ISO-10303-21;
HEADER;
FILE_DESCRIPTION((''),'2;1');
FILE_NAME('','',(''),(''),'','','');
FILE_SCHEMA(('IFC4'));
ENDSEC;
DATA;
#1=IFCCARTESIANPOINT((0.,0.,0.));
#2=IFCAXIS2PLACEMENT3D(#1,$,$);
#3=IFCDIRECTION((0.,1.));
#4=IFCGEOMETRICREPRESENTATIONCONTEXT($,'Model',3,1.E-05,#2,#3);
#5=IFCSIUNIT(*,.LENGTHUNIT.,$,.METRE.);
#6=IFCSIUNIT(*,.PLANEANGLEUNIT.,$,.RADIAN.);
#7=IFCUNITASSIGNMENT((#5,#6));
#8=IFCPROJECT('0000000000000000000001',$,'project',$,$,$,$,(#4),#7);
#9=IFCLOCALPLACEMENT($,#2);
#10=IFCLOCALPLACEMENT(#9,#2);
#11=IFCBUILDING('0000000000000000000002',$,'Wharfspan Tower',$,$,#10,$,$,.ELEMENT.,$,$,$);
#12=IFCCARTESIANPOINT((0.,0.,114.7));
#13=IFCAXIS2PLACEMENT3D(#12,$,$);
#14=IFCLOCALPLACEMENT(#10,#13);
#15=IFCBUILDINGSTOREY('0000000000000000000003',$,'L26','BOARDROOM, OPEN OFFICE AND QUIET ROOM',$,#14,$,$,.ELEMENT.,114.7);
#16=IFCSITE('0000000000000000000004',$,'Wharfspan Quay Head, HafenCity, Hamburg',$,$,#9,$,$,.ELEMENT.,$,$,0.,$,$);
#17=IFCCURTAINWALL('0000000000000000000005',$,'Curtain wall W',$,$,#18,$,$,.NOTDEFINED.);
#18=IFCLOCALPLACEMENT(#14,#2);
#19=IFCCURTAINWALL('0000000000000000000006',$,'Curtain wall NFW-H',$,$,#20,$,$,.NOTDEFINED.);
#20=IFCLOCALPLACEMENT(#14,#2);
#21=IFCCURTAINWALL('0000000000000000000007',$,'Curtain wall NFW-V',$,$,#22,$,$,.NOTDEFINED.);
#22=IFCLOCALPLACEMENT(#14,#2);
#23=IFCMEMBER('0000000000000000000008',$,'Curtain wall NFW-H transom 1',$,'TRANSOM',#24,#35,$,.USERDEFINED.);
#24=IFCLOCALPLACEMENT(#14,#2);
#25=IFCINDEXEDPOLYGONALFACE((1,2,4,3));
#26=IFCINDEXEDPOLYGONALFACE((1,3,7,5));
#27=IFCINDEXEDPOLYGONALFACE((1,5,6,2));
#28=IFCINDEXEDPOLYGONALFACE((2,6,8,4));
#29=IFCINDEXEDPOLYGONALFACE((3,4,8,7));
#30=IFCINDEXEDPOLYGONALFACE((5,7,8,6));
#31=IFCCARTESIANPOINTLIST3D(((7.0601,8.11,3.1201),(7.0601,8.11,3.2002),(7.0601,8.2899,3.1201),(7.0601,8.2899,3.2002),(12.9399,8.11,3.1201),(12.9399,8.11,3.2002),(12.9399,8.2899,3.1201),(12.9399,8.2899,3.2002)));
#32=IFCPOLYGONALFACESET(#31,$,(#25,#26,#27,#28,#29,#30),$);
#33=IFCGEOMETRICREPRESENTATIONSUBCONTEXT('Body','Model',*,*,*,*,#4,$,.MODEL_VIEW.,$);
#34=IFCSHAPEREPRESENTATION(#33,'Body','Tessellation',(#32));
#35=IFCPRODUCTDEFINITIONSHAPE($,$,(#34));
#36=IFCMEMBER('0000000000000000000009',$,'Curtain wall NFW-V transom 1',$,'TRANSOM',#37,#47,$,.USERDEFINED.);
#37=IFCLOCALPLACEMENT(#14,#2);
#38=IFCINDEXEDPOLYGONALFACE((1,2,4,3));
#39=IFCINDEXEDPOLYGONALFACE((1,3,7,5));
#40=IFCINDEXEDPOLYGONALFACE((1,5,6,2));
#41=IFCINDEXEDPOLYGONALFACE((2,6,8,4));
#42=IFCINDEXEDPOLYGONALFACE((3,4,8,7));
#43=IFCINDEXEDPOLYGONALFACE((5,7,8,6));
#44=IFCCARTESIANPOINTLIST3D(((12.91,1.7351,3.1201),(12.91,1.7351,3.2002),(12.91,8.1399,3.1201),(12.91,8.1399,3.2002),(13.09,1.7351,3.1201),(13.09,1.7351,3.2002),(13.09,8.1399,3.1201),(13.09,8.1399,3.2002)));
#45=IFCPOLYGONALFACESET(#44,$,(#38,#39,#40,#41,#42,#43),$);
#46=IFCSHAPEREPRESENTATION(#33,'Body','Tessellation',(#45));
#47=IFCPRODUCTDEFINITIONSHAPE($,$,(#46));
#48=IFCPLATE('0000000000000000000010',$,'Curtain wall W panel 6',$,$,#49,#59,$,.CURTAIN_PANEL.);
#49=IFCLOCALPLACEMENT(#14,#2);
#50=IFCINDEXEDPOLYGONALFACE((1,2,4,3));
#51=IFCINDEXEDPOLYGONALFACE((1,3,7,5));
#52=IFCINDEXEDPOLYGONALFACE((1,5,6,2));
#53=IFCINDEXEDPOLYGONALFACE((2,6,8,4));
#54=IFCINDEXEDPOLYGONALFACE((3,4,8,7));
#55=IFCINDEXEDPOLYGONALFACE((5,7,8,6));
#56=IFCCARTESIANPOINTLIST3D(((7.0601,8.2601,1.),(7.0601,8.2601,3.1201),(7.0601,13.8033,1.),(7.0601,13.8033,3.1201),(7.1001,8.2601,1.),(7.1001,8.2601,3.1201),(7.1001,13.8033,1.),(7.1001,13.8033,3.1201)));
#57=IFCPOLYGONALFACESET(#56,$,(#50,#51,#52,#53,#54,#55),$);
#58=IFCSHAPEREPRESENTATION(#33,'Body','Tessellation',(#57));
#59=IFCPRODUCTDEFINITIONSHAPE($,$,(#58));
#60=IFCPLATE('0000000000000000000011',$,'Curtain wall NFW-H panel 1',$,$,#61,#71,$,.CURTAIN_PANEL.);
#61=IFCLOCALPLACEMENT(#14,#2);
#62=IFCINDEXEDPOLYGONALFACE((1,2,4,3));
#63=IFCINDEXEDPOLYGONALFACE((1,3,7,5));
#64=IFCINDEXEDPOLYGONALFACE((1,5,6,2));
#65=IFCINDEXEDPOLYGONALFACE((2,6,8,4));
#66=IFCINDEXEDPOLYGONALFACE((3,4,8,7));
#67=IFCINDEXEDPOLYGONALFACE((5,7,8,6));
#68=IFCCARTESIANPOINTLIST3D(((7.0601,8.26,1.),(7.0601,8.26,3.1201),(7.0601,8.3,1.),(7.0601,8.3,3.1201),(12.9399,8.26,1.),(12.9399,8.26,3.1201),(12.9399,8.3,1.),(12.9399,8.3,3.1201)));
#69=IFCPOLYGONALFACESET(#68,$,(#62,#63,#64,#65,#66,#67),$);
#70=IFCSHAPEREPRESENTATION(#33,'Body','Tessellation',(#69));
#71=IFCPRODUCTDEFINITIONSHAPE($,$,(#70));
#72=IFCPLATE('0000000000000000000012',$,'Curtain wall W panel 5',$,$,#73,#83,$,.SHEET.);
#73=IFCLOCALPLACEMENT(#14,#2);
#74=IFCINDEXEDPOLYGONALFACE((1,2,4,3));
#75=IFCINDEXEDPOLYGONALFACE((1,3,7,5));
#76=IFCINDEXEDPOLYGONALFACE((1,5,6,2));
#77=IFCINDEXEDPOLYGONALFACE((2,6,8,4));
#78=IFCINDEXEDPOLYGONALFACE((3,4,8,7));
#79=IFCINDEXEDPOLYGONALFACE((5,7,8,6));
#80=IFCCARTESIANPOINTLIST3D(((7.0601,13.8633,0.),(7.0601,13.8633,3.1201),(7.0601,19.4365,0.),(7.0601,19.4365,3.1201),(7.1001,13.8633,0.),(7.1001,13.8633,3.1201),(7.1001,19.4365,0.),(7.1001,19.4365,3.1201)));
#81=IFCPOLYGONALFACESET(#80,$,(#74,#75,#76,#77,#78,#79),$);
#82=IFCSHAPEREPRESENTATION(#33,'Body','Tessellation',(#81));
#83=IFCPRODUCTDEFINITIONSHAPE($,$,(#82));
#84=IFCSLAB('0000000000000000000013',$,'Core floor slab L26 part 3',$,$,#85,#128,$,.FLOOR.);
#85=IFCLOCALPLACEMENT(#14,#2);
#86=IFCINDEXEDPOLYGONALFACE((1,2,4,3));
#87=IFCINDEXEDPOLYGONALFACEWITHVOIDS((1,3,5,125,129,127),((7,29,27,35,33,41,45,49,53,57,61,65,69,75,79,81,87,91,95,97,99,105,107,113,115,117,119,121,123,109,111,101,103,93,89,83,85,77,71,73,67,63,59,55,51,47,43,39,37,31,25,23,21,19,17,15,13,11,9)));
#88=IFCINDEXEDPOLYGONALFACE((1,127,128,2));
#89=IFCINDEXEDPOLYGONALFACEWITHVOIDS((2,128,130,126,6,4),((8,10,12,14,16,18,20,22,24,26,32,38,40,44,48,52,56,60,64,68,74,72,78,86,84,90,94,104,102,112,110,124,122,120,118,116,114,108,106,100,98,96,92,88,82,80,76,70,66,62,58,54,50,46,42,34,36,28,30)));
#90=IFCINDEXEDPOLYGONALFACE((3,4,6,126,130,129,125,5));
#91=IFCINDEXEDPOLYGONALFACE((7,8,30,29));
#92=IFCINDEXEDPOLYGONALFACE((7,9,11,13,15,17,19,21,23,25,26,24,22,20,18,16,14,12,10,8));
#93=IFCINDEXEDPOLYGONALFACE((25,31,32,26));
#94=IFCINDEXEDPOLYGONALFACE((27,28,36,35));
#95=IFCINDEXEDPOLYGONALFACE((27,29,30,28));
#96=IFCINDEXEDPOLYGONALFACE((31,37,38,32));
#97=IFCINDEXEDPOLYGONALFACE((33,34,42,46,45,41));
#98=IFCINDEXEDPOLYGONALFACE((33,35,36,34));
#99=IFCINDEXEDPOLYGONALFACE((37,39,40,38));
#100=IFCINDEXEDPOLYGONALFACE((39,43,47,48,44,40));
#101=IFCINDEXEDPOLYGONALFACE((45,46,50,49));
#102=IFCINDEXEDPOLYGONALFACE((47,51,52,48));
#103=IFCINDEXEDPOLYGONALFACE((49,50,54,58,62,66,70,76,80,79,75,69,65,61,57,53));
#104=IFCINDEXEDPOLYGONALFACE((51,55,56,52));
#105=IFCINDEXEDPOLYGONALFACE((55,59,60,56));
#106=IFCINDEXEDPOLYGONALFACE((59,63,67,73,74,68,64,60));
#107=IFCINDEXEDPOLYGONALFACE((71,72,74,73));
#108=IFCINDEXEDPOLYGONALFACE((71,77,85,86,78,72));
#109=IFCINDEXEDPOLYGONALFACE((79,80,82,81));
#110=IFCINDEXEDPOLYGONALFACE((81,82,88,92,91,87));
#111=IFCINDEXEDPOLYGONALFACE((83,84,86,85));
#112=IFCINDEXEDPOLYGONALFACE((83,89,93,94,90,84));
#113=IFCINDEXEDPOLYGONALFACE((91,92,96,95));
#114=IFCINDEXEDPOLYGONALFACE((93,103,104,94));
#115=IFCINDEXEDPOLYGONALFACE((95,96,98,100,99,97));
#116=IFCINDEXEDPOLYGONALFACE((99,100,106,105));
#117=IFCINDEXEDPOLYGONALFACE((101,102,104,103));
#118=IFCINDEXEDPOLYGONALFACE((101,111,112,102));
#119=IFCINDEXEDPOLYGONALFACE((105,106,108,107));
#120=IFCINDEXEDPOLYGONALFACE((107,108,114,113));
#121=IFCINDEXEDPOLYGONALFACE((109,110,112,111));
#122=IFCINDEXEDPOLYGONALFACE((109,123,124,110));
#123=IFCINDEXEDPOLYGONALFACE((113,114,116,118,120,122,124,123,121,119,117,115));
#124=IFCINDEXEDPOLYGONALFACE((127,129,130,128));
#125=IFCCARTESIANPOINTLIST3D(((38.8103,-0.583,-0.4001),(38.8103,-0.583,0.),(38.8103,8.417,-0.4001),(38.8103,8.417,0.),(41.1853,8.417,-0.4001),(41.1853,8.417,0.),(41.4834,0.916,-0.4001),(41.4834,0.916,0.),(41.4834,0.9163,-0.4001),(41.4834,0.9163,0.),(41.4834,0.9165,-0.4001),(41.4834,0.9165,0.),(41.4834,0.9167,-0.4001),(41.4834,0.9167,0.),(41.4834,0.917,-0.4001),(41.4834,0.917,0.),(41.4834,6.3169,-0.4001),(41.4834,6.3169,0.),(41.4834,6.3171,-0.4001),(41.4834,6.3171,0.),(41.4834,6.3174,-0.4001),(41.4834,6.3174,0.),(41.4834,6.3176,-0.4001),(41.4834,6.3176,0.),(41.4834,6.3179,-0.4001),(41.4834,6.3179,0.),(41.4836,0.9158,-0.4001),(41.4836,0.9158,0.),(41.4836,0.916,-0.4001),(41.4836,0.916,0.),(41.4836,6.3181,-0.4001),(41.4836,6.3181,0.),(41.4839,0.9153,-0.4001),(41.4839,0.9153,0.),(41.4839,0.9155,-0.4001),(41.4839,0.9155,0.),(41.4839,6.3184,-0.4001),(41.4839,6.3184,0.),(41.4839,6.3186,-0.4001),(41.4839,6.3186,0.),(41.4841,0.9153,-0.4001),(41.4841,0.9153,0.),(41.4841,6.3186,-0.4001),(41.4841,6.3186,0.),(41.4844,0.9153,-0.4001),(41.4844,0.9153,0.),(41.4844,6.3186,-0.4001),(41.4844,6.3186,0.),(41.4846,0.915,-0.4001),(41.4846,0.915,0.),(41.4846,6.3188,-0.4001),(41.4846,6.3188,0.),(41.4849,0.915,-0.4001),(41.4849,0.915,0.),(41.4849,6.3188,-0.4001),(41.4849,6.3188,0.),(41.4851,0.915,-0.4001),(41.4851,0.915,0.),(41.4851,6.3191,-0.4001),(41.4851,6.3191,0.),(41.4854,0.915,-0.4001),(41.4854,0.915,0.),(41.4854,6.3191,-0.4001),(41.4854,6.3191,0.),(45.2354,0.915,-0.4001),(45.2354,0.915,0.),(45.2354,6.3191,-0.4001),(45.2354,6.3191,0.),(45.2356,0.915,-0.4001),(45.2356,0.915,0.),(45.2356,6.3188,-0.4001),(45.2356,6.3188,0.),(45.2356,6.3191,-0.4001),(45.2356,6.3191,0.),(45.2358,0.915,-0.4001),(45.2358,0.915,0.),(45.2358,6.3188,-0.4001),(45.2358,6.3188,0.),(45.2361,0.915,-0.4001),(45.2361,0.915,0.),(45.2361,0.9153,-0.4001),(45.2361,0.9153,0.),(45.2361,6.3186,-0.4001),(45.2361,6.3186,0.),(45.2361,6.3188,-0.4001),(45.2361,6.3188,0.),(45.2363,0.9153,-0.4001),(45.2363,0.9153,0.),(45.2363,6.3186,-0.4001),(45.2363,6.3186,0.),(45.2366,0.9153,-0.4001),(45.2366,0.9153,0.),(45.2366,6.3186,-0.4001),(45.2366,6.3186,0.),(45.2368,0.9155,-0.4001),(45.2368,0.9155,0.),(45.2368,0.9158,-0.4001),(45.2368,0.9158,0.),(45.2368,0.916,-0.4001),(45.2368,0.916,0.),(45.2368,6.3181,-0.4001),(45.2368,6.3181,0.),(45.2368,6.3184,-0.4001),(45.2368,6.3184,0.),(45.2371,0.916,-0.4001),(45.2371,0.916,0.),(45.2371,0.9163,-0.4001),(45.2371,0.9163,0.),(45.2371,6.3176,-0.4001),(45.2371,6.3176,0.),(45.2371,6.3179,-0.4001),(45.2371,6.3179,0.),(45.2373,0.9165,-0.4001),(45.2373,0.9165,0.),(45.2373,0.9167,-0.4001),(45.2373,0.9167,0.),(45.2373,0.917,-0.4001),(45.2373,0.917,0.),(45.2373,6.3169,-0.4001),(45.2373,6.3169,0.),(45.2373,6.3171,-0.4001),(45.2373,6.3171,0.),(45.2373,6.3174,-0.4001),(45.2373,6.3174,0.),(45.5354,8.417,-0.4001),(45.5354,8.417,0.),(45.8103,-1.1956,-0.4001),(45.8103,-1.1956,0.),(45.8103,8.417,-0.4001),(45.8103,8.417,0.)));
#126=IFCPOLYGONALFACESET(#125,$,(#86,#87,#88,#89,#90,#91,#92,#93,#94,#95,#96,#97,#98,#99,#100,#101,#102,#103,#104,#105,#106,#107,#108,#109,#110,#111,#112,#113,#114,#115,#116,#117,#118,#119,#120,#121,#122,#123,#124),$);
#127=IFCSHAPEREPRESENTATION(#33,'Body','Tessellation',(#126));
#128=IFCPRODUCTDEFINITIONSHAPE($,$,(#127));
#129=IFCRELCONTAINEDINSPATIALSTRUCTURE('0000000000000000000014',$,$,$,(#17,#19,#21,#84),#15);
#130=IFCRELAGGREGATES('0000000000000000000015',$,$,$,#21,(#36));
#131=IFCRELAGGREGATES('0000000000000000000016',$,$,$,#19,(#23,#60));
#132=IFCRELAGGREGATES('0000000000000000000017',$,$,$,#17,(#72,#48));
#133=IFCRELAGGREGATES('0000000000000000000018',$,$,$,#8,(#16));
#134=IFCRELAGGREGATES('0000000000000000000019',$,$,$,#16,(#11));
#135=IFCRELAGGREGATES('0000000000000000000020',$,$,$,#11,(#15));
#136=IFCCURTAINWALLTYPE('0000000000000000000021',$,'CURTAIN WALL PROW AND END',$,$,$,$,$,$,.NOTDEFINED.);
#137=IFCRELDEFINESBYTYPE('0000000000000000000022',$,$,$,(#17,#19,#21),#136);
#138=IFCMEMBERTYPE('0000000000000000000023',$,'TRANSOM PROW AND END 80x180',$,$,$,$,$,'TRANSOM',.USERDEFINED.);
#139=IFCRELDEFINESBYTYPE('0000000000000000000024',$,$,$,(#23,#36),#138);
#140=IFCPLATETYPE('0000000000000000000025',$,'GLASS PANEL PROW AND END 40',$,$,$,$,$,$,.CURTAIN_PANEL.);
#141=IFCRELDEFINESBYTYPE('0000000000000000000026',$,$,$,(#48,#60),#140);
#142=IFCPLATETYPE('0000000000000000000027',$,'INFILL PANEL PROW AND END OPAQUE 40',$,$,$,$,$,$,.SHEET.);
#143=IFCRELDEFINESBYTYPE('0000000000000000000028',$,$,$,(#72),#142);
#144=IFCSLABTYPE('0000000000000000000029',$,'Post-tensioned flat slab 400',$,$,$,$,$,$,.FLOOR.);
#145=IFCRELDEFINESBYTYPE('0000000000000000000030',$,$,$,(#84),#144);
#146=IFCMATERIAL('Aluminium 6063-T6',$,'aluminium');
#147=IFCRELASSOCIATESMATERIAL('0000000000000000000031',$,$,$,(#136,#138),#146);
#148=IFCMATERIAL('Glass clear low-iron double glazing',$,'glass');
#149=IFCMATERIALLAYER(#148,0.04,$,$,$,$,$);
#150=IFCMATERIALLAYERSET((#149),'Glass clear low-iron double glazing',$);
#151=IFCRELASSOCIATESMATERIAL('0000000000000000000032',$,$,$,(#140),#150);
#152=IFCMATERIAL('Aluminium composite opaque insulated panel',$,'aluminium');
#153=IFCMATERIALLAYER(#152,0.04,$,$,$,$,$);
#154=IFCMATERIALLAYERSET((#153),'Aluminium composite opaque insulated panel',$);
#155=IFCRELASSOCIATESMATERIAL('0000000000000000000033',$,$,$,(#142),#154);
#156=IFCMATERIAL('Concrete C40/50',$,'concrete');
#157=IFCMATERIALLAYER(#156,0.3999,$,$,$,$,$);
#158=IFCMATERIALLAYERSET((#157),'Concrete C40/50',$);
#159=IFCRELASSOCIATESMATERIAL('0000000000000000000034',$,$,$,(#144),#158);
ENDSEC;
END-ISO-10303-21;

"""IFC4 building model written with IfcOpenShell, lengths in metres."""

from ifc_helpers import new_model, si_unit, direction, frame, origin, origin_2d, place, context, subcontext, project, spatial, polyline, rectangle, outline, extrude, material, layer, layer_set, material_profile, profile_set, type_object, element, aggregate, save


model = new_model("IFC4")

# Units and contexts
model_context = context("Model", 3, precision=1e-05, world=origin(), true_north=direction((0.0, 1.0)))
body_context = subcontext(model_context, "Body", "Model", "MODEL_VIEW")
ifc_project = project(units=[si_unit("LENGTHUNIT", "METRE"), si_unit("PLANEANGLEUNIT", "RADIAN")], contexts=[model_context])

# Site, building, storey
site_placement = place(None, origin())
site = spatial("IfcSite", under=ifc_project, at=site_placement, Name="Wharfspan Quay Head, HafenCity, Hamburg", CompositionType="ELEMENT", RefElevation=0.0)
building_placement = place(site_placement, origin())
building = spatial("IfcBuilding", under=site, at=building_placement, Name="Wharfspan Tower", CompositionType="ELEMENT")
storey_placement = place(building_placement, frame((0.0, 0.0, 114.7)))
storey = spatial("IfcBuildingStorey", under=building, at=storey_placement, Name="L26", Description="BOARDROOM, OPEN OFFICE AND QUIET ROOM", CompositionType="ELEMENT", Elevation=114.7)

# Curtain walls
ifc_material_1 = material(Name="Aluminium 6063-T6", Category="aluminium")
curtain_wall_type = type_object("IfcCurtainWallType", Name="CURTAIN WALL PROW AND END", PredefinedType="NOTDEFINED", material=ifc_material_1)
curtain_wall_1_placement = place(storey_placement, origin())
curtain_wall_1 = element("IfcCurtainWall", 1, at=curtain_wall_1_placement, inside=storey, type_object=curtain_wall_type, Name="Curtain wall W", PredefinedType="NOTDEFINED")
curtain_wall_2_placement = place(storey_placement, origin())
curtain_wall_2 = element("IfcCurtainWall", 2, at=curtain_wall_2_placement, inside=storey, type_object=curtain_wall_type, Name="Curtain wall NFW-H", PredefinedType="NOTDEFINED")
curtain_wall_3_placement = place(storey_placement, origin())
curtain_wall_3 = element("IfcCurtainWall", 3, at=curtain_wall_3_placement, inside=storey, type_object=curtain_wall_type, Name="Curtain wall NFW-V", PredefinedType="NOTDEFINED")

# Members
ifc_material_profile_1 = material_profile(ifc_material_1, rectangle(XDim=0.1799, YDim=0.0801, at=origin_2d()))
ifc_profile_set_1 = profile_set([ifc_material_profile_1], Name="Aluminium 6063-T6")
member_type_1 = type_object("IfcMemberType", Name="TRANSOM PROW AND END 80x180", ElementType="TRANSOM", PredefinedType="USERDEFINED", material=ifc_profile_set_1)
member_1_placement = place(storey_placement, frame((7.0601, 8.2, 3.1602), z_axis=(1.0, 0.0, 0.0), x_axis=(0.0, 1.0, 0.0)))
member_1 = element("IfcMember", 4, at=member_1_placement, type_object=member_type_1, Name="Curtain wall NFW-H transom 1", ObjectType="TRANSOM", PredefinedType="USERDEFINED", context=body_context, shape_type="SweptSolid", body=[
    extrude(rectangle(XDim=0.1799, YDim=0.0801, at=origin_2d()), origin(), (0.0, 0.0, 1.0), 5.8799),
])
member_2_placement = place(storey_placement, frame((13.0, 8.1399, 3.1602), z_axis=(0.0, -1.0, 0.0), x_axis=(1.0, 0.0, 0.0)))
member_2 = element("IfcMember", 5, at=member_2_placement, type_object=member_type_1, Name="Curtain wall NFW-V transom 1", ObjectType="TRANSOM", PredefinedType="USERDEFINED", context=body_context, shape_type="SweptSolid", body=[
    extrude(rectangle(XDim=0.1799, YDim=0.0801, at=origin_2d()), origin(), (0.0, 0.0, 1.0), 6.4048),
])
aggregate(curtain_wall_3, [member_2])

# Plates
ifc_material_2 = material(Name="Glass clear low-iron double glazing", Category="glass")
ifc_layer_1 = layer(ifc_material_2, 0.04)
ifc_layer_set_1 = layer_set([ifc_layer_1], Name="Glass clear low-iron double glazing")
plate_type_1 = type_object("IfcPlateType", Name="GLASS PANEL PROW AND END 40", PredefinedType="CURTAIN_PANEL", material=ifc_layer_set_1)
plate_1_placement = place(storey_placement, frame((7.0801, 11.0317, 1.0), z_axis=(0.0, 0.0, 1.0), x_axis=(0.0, -1.0, 0.0)))
plate_1 = element("IfcPlate", 6, at=plate_1_placement, type_object=plate_type_1, Name="Curtain wall W panel 6", PredefinedType="CURTAIN_PANEL", context=body_context, shape_type="SweptSolid", body=[
    extrude(rectangle(XDim=5.5432, YDim=0.04, at=origin_2d()), origin(), (0.0, 0.0, 1.0), 2.1201),
])
plate_2_placement = place(storey_placement, frame((10.0, 8.28, 1.0), z_axis=(0.0, 0.0, 1.0), x_axis=(1.0, 0.0, 0.0)))
plate_2 = element("IfcPlate", 7, at=plate_2_placement, type_object=plate_type_1, Name="Curtain wall NFW-H panel 1", PredefinedType="CURTAIN_PANEL", context=body_context, shape_type="SweptSolid", body=[
    extrude(rectangle(XDim=5.8799, YDim=0.04, at=origin_2d()), origin(), (0.0, 0.0, 1.0), 2.1201),
])
aggregate(curtain_wall_2, [member_1, plate_2])
ifc_material_3 = material(Name="Aluminium composite opaque insulated panel", Category="aluminium")
ifc_layer_2 = layer(ifc_material_3, 0.04)
ifc_layer_set_2 = layer_set([ifc_layer_2], Name="Aluminium composite opaque insulated panel")
plate_type_2 = type_object("IfcPlateType", Name="INFILL PANEL PROW AND END OPAQUE 40", PredefinedType="SHEET", material=ifc_layer_set_2)
plate_3_placement = place(storey_placement, frame((7.0801, 16.6499, 0.0), z_axis=(0.0, 0.0, 1.0), x_axis=(0.0, -1.0, 0.0)))
plate_3 = element("IfcPlate", 8, at=plate_3_placement, type_object=plate_type_2, Name="Curtain wall W panel 5", PredefinedType="SHEET", context=body_context, shape_type="SweptSolid", body=[
    extrude(rectangle(XDim=5.5732, YDim=0.04, at=origin_2d()), origin(), (0.0, 0.0, 1.0), 3.1201),
])
aggregate(curtain_wall_1, [plate_3, plate_1])

# Slab
ifc_material_4 = material(Name="Concrete C40/50", Category="concrete")
ifc_layer_3 = layer(ifc_material_4, 0.3999)
ifc_layer_set_3 = layer_set([ifc_layer_3], Name="Concrete C40/50")
slab_type = type_object("IfcSlabType", Name="Post-tensioned flat slab 400", PredefinedType="FLOOR", material=ifc_layer_set_3)
slab_1_placement = place(storey_placement, frame((0.0, 0.0, -0.4001)))
element("IfcSlab", 9, at=slab_1_placement, inside=storey, type_object=slab_type, Name="Core floor slab L26 part 3", PredefinedType="FLOOR", context=body_context, shape_type="SweptSolid", body=[
    extrude(outline(polyline([(45.5354, 8.417), (41.1853, 8.417), (38.8103, 8.417), (38.8103, -0.583), (45.8103, -1.1956), (45.8103, 8.417), (45.5354, 8.417)]), holes=[polyline([(41.4834, 6.3169), (41.4834, 6.3171), (41.4834, 6.3174), (41.4834, 6.3174), (41.4834, 6.3176), (41.4834, 6.3179), (41.4836, 6.3181), (41.4836, 6.3181), (41.4839, 6.3184), (41.4839, 6.3186), (41.4841, 6.3186), (41.4844, 6.3186), (41.4846, 6.3188), (41.4846, 6.3188), (41.4849, 6.3188), (41.4851, 6.3191), (41.4854, 6.3191), (45.2354, 6.3191), (45.2356, 6.3191), (45.2356, 6.3188), (45.2358, 6.3188), (45.2361, 6.3188), (45.2361, 6.3186), (45.2363, 6.3186), (45.2366, 6.3186), (45.2368, 6.3184), (45.2368, 6.3181), (45.2368, 6.3181), (45.2371, 6.3179), (45.2371, 6.3176), (45.2373, 6.3174), (45.2373, 6.3174), (45.2373, 6.3171), (45.2373, 6.3169), (45.2373, 0.917), (45.2373, 0.9167), (45.2373, 0.9165), (45.2373, 0.9165), (45.2371, 0.9163), (45.2371, 0.916), (45.2368, 0.916), (45.2368, 0.9158), (45.2368, 0.9155), (45.2366, 0.9153), (45.2363, 0.9153), (45.2361, 0.9153), (45.2361, 0.915), (45.2358, 0.915), (45.2356, 0.915), (45.2356, 0.915), (45.2354, 0.915), (41.4854, 0.915), (41.4851, 0.915), (41.4849, 0.915), (41.4846, 0.915), (41.4846, 0.915), (41.4844, 0.9153), (41.4841, 0.9153), (41.4839, 0.9153), (41.4839, 0.9155), (41.4836, 0.9158), (41.4836, 0.916), (41.4834, 0.916), (41.4834, 0.9163), (41.4834, 0.9165), (41.4834, 0.9165), (41.4834, 0.9167), (41.4834, 0.917), (41.4834, 6.3169)])]), origin(), (0.0, 0.0, 1.0), 0.4001),
])

save(model, "model.ifc")
